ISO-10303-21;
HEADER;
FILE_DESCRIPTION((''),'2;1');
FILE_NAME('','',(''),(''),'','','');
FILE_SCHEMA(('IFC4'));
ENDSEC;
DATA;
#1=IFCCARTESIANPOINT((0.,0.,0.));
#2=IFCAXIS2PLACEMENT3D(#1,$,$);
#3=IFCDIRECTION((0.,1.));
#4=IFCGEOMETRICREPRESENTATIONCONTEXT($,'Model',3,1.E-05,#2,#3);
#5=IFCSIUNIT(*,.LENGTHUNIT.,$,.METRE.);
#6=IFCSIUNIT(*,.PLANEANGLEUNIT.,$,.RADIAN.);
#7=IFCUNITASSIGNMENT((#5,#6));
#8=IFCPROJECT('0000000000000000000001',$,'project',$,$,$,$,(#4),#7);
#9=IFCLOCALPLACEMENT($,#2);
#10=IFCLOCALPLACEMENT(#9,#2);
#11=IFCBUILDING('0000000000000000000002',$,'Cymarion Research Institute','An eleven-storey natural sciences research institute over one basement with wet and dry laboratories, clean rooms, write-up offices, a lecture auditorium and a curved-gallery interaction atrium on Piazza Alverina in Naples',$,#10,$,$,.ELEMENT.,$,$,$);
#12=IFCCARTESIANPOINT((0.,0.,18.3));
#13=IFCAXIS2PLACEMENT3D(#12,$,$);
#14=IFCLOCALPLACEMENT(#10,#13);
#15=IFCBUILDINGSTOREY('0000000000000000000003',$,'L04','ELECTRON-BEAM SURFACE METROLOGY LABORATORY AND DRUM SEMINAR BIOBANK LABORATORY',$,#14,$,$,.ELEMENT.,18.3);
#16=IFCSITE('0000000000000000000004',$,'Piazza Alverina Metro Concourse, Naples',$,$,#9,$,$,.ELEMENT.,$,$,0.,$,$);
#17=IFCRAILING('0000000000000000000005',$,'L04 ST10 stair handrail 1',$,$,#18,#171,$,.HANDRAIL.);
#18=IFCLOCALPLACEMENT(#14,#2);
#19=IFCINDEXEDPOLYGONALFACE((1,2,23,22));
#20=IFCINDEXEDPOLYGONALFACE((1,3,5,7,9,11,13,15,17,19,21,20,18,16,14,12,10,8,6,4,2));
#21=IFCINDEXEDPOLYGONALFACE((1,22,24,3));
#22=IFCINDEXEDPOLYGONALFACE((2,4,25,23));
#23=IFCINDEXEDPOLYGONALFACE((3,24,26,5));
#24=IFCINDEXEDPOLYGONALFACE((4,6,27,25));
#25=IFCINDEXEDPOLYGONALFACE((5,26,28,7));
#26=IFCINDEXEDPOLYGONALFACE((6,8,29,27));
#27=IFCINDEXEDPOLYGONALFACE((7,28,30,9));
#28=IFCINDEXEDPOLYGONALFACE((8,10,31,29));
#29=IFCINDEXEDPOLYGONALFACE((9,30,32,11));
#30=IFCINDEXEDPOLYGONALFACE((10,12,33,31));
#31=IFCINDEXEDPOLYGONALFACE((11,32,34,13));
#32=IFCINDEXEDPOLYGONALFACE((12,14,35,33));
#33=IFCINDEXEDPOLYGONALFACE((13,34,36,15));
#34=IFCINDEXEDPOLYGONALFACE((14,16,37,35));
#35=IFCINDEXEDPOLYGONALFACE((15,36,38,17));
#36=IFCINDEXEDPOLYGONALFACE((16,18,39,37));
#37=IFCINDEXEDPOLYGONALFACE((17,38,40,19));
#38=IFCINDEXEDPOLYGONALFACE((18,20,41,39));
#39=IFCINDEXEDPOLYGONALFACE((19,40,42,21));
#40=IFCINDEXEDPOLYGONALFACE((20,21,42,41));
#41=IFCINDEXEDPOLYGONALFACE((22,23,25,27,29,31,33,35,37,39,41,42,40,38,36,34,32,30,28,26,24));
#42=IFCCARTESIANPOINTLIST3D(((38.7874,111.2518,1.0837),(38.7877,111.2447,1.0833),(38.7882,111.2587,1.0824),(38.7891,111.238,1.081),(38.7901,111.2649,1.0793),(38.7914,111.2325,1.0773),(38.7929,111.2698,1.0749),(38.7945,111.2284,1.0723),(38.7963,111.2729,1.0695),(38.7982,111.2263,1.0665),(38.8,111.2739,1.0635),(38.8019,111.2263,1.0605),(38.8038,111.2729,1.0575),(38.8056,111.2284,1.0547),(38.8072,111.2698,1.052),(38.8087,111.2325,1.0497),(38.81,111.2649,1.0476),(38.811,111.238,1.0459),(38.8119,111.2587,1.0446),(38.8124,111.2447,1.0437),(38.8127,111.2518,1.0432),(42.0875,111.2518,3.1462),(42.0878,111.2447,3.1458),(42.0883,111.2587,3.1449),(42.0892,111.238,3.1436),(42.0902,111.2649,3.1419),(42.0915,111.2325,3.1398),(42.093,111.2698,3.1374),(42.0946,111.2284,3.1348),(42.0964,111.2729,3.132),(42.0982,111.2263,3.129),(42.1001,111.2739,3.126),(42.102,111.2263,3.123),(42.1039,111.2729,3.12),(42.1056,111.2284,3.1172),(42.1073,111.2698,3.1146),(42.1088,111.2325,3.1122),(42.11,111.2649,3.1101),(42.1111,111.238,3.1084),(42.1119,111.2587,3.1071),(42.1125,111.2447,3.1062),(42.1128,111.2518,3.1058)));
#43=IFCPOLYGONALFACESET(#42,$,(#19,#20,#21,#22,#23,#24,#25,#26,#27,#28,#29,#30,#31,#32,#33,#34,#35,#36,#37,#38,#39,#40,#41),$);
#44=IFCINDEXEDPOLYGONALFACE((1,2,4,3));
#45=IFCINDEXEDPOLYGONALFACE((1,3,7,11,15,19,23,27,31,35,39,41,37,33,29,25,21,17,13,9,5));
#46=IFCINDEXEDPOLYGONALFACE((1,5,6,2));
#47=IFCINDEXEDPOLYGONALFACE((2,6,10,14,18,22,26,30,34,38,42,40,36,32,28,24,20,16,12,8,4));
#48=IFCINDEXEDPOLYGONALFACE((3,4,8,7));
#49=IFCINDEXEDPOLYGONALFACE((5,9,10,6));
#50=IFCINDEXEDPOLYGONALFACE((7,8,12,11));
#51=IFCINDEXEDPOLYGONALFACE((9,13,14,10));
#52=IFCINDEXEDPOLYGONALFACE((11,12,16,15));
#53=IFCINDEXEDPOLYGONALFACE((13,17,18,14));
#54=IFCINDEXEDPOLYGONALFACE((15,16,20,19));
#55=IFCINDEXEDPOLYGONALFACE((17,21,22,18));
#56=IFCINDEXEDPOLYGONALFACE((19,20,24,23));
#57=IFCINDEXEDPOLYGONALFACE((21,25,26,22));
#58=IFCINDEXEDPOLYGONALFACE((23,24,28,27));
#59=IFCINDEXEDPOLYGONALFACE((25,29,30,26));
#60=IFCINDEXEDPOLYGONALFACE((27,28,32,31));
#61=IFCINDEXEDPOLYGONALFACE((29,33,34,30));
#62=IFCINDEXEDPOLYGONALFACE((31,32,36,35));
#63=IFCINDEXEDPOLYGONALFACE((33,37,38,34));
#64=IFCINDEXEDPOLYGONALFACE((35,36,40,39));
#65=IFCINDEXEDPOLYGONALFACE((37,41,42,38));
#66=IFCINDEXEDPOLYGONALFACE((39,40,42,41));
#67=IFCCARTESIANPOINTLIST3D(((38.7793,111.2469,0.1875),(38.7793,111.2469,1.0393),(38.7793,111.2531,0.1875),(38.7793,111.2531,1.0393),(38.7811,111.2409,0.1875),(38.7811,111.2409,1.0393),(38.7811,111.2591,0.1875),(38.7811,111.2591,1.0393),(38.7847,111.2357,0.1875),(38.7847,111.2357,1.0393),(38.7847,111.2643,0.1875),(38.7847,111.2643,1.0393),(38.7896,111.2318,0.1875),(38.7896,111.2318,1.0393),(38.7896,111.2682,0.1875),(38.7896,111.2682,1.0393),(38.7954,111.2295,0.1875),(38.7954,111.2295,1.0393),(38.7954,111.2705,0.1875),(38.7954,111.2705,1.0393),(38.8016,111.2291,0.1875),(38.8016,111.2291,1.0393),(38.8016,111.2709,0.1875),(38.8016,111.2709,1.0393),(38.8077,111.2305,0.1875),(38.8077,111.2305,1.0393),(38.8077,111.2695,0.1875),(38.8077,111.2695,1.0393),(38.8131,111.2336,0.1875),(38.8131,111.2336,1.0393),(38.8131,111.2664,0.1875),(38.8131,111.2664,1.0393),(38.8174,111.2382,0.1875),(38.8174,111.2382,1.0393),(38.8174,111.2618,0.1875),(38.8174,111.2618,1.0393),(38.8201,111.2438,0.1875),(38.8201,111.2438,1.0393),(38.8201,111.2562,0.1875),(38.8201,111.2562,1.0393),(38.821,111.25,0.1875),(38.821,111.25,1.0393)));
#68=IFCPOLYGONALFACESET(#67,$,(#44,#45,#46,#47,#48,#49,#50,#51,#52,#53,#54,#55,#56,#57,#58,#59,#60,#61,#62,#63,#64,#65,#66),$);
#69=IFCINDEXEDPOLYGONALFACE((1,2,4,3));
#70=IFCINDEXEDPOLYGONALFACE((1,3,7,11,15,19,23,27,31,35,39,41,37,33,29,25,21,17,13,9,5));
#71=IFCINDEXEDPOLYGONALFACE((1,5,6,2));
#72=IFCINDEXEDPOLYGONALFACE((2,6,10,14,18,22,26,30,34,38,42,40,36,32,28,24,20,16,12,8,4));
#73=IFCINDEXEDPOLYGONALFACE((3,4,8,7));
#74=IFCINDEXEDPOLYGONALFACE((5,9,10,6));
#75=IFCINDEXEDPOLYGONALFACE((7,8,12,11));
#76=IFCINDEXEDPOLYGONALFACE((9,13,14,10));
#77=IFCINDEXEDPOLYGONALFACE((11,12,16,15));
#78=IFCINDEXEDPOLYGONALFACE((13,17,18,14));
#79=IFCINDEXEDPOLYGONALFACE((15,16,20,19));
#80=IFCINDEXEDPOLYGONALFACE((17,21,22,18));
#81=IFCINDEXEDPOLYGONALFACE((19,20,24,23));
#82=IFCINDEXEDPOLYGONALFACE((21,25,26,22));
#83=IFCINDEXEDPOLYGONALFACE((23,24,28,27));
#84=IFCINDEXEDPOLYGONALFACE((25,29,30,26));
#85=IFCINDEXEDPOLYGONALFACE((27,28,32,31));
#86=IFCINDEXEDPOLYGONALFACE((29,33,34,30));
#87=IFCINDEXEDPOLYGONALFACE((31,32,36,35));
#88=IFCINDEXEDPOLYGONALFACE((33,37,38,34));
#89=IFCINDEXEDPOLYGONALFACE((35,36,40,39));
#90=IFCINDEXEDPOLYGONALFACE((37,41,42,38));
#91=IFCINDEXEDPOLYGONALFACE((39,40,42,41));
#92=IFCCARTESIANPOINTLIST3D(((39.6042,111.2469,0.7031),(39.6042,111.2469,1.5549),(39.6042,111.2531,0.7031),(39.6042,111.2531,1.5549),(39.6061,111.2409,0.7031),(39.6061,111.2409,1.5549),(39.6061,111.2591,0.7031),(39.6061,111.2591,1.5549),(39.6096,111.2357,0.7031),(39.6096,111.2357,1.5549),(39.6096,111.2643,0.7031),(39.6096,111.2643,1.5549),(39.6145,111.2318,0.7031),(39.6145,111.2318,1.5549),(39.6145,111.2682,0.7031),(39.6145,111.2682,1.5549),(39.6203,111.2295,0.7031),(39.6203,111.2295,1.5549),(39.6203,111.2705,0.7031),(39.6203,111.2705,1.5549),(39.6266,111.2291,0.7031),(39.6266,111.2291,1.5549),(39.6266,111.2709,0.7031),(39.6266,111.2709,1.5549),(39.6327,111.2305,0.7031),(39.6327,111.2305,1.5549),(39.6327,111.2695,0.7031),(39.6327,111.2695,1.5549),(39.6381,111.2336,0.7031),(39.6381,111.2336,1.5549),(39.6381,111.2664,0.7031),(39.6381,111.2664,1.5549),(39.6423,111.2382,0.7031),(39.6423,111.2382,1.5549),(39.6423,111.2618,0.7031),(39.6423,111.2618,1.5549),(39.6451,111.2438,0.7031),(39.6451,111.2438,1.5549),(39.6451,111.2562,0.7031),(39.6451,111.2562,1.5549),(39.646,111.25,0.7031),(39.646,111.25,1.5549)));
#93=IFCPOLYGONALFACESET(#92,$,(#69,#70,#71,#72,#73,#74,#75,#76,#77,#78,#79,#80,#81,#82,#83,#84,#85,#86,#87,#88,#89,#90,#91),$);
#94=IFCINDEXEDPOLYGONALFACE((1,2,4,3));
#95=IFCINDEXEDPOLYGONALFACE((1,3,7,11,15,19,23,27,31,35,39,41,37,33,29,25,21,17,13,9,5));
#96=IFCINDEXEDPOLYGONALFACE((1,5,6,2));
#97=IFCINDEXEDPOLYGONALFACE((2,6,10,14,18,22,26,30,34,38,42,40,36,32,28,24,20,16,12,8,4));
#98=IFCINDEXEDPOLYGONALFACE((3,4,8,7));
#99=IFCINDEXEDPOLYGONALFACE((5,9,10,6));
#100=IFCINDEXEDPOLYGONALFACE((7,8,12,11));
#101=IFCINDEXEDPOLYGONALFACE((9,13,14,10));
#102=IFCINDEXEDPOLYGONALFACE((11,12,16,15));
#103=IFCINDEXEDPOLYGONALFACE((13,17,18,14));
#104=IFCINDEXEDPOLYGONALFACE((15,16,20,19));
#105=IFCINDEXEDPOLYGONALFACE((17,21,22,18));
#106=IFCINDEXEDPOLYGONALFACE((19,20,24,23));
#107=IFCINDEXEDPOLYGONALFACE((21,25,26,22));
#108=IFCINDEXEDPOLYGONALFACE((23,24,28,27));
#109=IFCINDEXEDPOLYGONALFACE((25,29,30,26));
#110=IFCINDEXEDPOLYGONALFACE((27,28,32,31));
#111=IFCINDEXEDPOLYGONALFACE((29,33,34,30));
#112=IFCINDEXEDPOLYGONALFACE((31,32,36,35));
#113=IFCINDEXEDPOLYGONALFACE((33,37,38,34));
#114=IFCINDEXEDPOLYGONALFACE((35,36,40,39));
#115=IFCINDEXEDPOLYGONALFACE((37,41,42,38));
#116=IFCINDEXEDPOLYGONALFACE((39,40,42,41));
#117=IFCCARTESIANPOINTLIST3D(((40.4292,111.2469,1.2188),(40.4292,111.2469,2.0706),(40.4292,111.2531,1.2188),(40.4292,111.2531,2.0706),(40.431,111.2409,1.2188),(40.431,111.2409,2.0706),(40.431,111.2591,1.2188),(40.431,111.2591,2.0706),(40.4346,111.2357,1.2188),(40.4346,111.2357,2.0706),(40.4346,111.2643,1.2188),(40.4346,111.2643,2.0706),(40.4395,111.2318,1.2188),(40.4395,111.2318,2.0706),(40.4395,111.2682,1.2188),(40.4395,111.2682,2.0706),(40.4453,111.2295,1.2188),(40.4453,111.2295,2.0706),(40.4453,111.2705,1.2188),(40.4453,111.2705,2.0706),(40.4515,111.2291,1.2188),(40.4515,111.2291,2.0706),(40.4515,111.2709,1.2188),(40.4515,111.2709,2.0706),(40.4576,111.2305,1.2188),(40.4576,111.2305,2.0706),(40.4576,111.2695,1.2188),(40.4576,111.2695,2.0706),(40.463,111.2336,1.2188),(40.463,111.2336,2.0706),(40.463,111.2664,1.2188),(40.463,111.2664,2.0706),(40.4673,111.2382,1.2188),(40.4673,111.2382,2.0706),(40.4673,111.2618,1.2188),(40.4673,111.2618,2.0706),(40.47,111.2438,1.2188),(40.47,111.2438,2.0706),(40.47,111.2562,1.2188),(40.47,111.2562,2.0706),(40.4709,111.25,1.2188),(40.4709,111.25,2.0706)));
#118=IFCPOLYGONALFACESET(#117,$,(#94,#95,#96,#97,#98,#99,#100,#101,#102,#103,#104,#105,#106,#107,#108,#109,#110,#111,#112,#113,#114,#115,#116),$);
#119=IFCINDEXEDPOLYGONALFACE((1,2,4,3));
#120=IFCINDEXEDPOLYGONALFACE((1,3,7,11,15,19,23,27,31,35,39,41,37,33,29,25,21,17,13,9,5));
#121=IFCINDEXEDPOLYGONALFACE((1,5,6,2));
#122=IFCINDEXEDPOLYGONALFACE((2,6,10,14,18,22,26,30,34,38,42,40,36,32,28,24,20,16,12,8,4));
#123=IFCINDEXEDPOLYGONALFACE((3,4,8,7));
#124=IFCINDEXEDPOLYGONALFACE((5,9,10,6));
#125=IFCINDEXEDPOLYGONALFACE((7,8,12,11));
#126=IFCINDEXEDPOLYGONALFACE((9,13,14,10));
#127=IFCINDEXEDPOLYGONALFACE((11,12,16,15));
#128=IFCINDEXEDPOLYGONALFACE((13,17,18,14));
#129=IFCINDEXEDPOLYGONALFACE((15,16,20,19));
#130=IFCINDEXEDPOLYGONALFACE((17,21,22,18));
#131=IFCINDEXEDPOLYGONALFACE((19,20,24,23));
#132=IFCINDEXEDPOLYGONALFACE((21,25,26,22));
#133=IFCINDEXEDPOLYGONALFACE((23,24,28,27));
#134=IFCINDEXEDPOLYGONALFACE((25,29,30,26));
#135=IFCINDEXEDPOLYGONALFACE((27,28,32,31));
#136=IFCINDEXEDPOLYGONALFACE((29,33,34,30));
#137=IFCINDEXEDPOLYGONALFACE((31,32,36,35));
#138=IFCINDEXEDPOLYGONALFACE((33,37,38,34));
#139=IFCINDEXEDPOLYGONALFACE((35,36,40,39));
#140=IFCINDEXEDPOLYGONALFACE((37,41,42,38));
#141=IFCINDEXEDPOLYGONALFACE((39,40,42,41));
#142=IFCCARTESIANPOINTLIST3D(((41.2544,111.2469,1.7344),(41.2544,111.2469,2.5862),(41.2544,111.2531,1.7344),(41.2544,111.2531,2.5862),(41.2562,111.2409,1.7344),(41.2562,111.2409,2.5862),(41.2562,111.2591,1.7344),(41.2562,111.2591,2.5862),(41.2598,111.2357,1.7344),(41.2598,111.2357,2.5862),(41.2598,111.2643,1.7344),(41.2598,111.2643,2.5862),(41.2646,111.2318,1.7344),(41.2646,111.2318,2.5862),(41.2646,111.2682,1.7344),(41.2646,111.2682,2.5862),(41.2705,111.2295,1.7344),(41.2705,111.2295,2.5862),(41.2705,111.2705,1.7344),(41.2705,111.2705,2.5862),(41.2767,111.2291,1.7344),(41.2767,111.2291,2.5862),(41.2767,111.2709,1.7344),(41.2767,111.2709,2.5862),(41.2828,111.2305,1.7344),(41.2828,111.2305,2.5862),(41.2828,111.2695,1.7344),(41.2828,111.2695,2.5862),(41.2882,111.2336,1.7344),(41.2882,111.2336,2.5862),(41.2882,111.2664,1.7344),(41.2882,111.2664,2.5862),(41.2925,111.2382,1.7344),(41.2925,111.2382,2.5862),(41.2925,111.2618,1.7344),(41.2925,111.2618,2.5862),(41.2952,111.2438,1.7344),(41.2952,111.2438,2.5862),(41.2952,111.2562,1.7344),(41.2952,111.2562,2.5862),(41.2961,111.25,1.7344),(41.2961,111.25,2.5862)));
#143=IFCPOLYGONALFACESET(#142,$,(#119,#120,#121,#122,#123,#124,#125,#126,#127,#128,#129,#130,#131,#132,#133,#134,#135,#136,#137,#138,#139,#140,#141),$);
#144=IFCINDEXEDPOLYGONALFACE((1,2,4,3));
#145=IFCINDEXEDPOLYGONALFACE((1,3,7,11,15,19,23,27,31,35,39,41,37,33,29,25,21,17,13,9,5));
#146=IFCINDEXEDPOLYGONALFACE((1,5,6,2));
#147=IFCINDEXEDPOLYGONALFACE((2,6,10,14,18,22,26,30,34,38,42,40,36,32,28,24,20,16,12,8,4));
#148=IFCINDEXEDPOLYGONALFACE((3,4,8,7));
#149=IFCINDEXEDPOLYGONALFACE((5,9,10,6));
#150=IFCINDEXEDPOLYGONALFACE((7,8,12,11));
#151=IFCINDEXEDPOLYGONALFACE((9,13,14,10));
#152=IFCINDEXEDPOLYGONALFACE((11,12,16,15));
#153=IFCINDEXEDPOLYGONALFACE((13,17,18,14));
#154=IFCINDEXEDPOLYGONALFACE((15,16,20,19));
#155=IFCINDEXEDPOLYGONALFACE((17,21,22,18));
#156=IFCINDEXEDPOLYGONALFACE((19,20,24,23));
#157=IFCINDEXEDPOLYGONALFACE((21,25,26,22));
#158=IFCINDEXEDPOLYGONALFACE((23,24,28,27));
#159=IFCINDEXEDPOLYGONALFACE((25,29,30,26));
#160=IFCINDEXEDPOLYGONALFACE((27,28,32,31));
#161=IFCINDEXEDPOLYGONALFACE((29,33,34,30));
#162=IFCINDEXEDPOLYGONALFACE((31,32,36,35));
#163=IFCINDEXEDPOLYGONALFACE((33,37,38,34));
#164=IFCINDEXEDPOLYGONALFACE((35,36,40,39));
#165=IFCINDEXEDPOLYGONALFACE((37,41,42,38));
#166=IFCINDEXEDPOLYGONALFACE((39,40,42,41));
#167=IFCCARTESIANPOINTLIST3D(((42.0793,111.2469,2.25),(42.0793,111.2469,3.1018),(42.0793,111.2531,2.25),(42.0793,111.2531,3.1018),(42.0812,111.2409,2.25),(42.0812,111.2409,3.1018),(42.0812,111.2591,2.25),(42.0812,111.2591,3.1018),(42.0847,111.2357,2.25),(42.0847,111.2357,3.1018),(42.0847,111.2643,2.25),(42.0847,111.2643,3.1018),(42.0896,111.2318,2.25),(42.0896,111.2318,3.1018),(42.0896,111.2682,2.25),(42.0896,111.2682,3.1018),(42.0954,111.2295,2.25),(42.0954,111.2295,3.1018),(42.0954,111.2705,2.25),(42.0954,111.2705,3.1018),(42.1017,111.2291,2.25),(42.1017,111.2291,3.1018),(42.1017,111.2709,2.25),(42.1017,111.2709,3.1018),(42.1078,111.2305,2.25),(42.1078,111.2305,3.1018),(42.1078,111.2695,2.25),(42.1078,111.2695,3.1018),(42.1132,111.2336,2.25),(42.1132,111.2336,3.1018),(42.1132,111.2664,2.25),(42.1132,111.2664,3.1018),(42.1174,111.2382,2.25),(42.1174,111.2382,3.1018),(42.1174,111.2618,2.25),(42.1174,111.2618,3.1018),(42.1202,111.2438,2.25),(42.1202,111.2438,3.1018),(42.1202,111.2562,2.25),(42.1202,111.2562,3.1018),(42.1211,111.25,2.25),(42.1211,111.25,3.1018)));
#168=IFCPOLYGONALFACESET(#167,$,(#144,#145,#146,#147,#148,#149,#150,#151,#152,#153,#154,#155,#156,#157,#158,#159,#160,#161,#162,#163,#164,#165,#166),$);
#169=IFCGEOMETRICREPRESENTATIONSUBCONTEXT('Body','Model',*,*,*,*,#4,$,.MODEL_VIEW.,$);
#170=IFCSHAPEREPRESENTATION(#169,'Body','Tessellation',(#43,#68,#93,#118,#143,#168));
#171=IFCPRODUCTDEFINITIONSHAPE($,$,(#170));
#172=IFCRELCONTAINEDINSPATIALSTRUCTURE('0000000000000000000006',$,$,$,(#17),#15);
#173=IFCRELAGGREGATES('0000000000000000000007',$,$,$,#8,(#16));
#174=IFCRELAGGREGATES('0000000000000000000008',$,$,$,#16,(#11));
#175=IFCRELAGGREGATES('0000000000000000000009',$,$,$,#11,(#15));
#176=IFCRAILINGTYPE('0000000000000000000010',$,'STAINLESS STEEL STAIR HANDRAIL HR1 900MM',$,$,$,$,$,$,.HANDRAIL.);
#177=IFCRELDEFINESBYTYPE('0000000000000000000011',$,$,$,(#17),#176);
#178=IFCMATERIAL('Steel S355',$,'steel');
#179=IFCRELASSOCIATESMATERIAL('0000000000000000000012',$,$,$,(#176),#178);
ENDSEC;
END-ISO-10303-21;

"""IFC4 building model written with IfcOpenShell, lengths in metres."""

from ifc_helpers import new_model, si_unit, direction, frame, origin, origin_2d, place, context, subcontext, project, spatial, circle, extrude, material, type_object, element, save


model = new_model("IFC4")

# Units and contexts
model_context = context("Model", 3, precision=1e-05, world=origin(), true_north=direction((0.0, 1.0)))
body_context = subcontext(model_context, "Body", "Model", "MODEL_VIEW")
ifc_project = project(units=[si_unit("LENGTHUNIT", "METRE"), si_unit("PLANEANGLEUNIT", "RADIAN")], contexts=[model_context])

# Site, building, storey
site_placement = place(None, origin())
site = spatial("IfcSite", under=ifc_project, at=site_placement, Name="Piazza Alverina Metro Concourse, Naples", CompositionType="ELEMENT", RefElevation=0.0)
building_placement = place(site_placement, origin())
building = spatial("IfcBuilding", under=site, at=building_placement, Name="Cymarion Research Institute", Description="An eleven-storey natural sciences research institute over one basement with wet and dry laboratories, clean rooms, write-up offices, a lecture auditorium and a curved-gallery interaction atrium on Piazza Alverina in Naples", CompositionType="ELEMENT")
storey_placement = place(building_placement, frame((0.0, 0.0, 18.3)))
storey = spatial("IfcBuildingStorey", under=building, at=storey_placement, Name="L04", Description="ELECTRON-BEAM SURFACE METROLOGY LABORATORY AND DRUM SEMINAR BIOBANK LABORATORY", CompositionType="ELEMENT", Elevation=18.3)

# Shared definitions
ifc_material_1 = material(Name="Steel S355", Category="steel")

# Railing
railing_type_1 = type_object("IfcRailingType", Name="STAINLESS STEEL STAIR HANDRAIL HR1 900MM", PredefinedType="HANDRAIL", material=ifc_material_1)
railing_1_placement = place(storey_placement, frame((38.8, 111.25, 0.1875)))
element("IfcRailing", 1, at=railing_1_placement, inside=storey, type_object=railing_type_1, Name="L04 ST10 stair handrail 1", PredefinedType="HANDRAIL", context=body_context, shape_type="SweptSolid", body=[
    extrude(circle(Radius=0.0239, at=origin_2d()), frame((0.0, 0.0, 0.876), z_axis=(0.848002, 0.0, 0.529993), x_axis=(0.0, 1.0, 0.0)), (0.0, 0.0, 1.0), 3.8916),
    extrude(circle(Radius=0.021, at=origin_2d()), origin(), (0.0, 0.0, 1.0), 0.8518),
    extrude(circle(Radius=0.021, at=origin_2d()), frame((0.825, 0.0, 0.5156)), (0.0, 0.0, 1.0), 0.8518),
    extrude(circle(Radius=0.021, at=origin_2d()), frame((1.6499, 0.0, 1.0312)), (0.0, 0.0, 1.0), 0.8518),
    extrude(circle(Radius=0.021, at=origin_2d()), frame((2.4751, 0.0, 1.5469)), (0.0, 0.0, 1.0), 0.8518),
    extrude(circle(Radius=0.021, at=origin_2d()), frame((3.3, 0.0, 2.0625)), (0.0, 0.0, 1.0), 0.8518),
])

save(model, "model.ifc")
